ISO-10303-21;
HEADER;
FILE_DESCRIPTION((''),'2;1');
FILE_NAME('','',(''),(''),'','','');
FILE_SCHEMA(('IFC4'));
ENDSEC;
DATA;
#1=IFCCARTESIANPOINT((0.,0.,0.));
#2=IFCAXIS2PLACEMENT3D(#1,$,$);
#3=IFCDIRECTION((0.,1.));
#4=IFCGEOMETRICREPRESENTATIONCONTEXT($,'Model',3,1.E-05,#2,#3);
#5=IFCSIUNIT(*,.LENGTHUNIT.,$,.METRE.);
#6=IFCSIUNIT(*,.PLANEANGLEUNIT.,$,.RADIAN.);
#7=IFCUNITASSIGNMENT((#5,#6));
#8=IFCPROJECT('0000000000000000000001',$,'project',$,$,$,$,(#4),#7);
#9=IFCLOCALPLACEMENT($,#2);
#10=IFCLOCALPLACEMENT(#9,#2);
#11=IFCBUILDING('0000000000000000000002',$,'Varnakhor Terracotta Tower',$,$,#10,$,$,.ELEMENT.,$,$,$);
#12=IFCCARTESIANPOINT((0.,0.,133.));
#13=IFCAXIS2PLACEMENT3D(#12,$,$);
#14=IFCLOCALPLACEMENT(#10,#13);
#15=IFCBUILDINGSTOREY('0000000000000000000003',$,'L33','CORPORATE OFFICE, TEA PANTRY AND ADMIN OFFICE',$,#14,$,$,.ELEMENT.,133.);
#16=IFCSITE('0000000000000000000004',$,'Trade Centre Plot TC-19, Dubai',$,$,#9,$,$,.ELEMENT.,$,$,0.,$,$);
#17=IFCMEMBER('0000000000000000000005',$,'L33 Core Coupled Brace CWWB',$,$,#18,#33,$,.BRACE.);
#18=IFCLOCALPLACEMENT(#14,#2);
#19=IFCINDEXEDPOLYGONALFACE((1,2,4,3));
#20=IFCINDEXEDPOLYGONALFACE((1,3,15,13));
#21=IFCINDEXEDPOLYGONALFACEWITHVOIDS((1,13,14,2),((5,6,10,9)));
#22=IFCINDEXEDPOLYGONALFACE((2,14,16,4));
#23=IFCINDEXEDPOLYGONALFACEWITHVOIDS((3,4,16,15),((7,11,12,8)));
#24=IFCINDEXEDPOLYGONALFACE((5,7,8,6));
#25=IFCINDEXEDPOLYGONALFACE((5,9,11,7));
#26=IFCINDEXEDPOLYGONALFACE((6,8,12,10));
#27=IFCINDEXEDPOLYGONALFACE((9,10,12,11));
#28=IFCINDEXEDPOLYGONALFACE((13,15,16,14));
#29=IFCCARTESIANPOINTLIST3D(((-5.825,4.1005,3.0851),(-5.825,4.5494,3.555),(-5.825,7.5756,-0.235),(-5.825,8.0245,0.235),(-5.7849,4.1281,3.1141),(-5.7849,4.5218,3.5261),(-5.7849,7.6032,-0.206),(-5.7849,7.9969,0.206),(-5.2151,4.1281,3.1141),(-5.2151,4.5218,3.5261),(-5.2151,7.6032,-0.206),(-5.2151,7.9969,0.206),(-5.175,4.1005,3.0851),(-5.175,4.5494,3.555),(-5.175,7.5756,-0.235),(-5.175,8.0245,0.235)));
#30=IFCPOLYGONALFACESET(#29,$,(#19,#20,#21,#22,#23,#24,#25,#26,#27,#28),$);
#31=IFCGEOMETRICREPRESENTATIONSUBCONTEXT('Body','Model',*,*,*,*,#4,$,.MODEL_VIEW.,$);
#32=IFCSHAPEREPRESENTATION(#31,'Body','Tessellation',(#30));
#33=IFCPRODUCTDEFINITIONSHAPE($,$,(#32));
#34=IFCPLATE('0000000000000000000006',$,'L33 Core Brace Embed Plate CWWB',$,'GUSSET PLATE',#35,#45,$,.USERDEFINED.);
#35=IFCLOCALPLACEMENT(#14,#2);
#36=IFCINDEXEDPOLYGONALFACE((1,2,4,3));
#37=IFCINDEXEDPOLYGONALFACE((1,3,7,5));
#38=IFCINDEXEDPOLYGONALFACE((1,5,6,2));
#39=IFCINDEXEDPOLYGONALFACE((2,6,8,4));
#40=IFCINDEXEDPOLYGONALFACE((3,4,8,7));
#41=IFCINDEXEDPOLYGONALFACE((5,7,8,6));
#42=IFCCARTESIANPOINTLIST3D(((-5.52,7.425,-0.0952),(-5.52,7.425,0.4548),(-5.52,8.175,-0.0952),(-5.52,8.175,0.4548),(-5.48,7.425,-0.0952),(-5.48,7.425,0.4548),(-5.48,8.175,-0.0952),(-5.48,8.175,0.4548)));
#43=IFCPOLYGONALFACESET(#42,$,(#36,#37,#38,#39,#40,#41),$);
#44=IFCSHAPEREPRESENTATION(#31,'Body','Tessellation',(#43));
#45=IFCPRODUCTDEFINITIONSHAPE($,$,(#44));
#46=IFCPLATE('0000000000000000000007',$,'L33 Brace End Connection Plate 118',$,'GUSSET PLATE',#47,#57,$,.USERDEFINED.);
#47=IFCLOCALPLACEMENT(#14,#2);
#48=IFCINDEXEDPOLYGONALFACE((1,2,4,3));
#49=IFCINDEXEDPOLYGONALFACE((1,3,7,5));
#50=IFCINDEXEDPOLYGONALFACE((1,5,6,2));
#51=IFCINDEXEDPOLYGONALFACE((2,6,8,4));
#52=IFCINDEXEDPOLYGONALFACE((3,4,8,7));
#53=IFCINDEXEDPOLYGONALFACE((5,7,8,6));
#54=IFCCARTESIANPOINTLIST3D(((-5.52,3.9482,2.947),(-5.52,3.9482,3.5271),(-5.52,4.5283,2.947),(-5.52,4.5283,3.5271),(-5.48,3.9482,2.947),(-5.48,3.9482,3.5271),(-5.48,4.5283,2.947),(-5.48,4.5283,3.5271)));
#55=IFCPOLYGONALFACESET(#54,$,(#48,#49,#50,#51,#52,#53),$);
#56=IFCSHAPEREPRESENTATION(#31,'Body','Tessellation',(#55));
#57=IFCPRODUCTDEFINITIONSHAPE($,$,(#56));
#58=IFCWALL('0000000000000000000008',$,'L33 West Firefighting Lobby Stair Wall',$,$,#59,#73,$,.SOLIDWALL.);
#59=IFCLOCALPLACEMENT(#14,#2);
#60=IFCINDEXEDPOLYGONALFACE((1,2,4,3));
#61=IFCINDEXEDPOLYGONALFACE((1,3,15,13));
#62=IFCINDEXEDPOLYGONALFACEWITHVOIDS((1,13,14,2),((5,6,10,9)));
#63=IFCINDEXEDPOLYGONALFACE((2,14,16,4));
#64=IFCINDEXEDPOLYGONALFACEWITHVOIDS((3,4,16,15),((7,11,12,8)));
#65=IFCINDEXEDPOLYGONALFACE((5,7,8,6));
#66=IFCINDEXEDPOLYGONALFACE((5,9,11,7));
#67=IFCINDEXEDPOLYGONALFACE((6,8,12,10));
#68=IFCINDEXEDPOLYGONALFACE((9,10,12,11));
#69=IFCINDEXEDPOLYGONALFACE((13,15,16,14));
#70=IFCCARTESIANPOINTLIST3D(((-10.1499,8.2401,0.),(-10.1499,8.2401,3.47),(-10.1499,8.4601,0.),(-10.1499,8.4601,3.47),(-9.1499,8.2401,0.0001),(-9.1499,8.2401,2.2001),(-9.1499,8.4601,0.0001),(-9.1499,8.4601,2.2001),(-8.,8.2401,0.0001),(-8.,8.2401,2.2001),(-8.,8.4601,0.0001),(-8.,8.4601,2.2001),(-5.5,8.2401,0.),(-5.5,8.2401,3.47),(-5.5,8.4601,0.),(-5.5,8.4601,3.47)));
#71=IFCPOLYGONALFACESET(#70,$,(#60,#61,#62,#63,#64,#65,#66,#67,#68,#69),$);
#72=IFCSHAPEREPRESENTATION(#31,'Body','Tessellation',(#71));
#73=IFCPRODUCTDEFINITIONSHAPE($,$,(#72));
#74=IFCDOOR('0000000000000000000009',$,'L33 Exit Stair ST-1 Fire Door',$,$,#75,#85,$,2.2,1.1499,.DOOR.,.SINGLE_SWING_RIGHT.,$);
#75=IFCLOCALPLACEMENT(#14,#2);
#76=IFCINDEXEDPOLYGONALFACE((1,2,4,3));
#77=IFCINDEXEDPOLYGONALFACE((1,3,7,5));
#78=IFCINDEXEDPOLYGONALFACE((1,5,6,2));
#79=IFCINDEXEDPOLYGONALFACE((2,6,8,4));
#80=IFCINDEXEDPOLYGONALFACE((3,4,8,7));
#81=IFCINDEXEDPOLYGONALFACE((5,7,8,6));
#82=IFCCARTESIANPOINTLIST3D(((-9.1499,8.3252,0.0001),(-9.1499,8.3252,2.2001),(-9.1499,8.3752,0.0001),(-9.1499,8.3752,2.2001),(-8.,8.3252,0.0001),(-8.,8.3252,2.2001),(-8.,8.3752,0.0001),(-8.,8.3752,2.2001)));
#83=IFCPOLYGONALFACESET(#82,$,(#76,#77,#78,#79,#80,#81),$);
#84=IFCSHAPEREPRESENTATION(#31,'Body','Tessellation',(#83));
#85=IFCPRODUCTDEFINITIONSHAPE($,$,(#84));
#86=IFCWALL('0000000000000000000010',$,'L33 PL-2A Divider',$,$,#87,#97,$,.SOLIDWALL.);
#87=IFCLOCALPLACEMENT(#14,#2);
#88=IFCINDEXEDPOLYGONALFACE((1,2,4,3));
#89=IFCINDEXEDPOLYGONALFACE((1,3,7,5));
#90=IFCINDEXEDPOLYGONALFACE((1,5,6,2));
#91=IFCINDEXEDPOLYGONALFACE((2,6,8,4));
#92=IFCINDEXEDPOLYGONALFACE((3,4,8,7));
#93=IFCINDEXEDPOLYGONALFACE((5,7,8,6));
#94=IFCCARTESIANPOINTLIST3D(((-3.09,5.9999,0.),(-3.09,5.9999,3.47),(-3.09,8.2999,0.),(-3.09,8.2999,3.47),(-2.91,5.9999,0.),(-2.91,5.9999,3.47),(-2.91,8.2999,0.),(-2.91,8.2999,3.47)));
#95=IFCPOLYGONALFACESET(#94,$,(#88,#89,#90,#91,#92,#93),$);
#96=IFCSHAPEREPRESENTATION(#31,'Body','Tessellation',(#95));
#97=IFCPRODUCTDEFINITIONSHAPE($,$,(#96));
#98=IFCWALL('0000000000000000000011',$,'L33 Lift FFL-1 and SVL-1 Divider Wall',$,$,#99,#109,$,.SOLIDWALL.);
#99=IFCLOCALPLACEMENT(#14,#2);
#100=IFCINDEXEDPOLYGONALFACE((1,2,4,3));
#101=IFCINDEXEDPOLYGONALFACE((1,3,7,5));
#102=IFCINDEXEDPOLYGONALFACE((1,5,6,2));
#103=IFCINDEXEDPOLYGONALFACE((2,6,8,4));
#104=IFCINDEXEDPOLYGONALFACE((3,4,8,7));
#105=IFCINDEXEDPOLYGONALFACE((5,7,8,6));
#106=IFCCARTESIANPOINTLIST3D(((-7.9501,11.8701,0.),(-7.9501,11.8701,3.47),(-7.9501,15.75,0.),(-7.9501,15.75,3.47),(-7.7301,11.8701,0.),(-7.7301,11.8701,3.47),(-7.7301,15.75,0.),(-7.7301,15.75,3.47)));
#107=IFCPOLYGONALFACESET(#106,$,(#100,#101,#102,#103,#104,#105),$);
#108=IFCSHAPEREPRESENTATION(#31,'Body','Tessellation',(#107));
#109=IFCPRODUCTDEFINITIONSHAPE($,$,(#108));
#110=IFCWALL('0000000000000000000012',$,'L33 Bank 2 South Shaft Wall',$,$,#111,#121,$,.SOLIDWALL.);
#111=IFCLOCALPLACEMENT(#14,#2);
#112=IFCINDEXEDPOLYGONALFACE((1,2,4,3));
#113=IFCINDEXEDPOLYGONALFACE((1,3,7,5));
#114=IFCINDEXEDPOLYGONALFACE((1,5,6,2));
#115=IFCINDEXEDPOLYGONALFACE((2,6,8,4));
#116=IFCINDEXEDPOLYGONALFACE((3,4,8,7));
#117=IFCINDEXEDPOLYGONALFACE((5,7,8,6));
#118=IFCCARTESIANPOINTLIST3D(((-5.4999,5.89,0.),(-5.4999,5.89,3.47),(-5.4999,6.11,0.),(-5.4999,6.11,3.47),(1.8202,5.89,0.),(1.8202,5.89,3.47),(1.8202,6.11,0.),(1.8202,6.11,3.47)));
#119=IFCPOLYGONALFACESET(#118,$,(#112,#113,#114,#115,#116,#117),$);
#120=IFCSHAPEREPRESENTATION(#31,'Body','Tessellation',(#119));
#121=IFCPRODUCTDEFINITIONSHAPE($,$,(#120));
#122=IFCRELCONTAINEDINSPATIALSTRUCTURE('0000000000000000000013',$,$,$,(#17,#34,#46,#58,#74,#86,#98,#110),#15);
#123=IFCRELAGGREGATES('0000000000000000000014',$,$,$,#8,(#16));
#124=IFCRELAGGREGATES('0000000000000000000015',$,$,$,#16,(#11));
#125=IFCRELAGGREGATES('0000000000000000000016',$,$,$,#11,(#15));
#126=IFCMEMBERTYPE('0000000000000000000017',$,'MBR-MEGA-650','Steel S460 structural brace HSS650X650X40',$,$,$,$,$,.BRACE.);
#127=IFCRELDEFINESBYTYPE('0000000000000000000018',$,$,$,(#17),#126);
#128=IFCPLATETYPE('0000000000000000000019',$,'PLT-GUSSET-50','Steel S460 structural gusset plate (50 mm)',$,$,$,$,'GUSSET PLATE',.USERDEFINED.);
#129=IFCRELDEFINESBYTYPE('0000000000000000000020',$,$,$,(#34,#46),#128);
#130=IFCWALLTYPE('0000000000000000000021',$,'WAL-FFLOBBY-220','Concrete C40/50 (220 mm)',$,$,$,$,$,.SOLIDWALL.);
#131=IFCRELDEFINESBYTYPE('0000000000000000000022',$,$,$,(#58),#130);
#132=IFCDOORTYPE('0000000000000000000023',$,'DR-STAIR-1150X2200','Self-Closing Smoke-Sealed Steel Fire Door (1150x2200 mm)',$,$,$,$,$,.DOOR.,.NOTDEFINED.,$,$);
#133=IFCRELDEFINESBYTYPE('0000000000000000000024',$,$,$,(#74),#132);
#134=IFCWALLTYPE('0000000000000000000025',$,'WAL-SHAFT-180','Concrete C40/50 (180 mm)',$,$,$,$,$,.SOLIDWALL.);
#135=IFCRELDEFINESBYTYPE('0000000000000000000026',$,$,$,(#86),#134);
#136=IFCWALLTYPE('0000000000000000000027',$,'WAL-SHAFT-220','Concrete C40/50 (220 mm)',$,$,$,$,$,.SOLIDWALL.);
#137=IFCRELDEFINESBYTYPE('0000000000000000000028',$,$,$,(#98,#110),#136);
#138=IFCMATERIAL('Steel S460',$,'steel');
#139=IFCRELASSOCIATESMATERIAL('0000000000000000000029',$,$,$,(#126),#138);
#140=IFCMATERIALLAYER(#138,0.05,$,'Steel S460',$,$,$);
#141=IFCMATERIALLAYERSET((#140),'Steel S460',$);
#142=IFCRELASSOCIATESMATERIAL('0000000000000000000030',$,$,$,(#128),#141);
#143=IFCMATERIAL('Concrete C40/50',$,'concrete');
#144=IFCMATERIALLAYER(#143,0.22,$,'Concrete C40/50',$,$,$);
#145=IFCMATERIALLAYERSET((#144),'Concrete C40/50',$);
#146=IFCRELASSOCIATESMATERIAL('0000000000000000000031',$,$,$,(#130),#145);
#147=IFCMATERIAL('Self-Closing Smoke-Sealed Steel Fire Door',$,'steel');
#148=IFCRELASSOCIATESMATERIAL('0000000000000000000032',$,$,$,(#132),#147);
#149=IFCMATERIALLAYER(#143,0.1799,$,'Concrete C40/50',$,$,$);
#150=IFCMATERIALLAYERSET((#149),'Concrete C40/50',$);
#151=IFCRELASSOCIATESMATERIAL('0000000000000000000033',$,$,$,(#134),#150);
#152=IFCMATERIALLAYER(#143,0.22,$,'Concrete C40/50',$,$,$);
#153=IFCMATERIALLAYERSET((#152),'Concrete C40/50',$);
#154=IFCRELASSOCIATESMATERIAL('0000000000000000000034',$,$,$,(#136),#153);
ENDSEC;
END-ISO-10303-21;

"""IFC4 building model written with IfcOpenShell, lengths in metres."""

from ifc_helpers import new_model, si_unit, direction, frame, frame_2d, origin, origin_2d, place, context, subcontext, project, spatial, rectangle, hollow_rectangle, extrude, source, transform, mapped, material, layer, layer_set, material_profile, profile_set, type_object, type_shapes, element, fill, save


model = new_model("IFC4")

# Units and contexts
model_context = context("Model", 3, precision=1e-05, world=origin(), true_north=direction((0.0, 1.0)))
body_context = subcontext(model_context, "Body", "Model", "MODEL_VIEW")
ifc_project = project(units=[si_unit("LENGTHUNIT", "METRE"), si_unit("PLANEANGLEUNIT", "RADIAN")], contexts=[model_context])

# Site, building, storey
site_placement = place(None, origin())
site = spatial("IfcSite", under=ifc_project, at=site_placement, Name="Trade Centre Plot TC-19, Dubai", CompositionType="ELEMENT", RefElevation=0.0)
building_placement = place(site_placement, origin())
building = spatial("IfcBuilding", under=site, at=building_placement, Name="Varnakhor Terracotta Tower", CompositionType="ELEMENT")
storey_placement = place(building_placement, frame((0.0, 0.0, 133.0)))
storey = spatial("IfcBuildingStorey", under=building, at=storey_placement, Name="L33", Description="CORPORATE OFFICE, TEA PANTRY AND ADMIN OFFICE", CompositionType="ELEMENT", Elevation=133.0)

# Member
ifc_material_1 = material(Name="Steel S460", Category="steel")
ifc_material_profile = material_profile(ifc_material_1, hollow_rectangle(XDim=0.6499, YDim=0.6499, WallThickness=0.04, at=origin_2d()), Name="HSS650X650X40")
ifc_profile_set = profile_set([ifc_material_profile], Name="Steel S460")
member_type = type_object("IfcMemberType", Name="MBR-MEGA-650", Description="Steel S460 structural brace HSS650X650X40", PredefinedType="BRACE", material=ifc_profile_set)
shared_shape_1 = source(origin(), body_context, "Body", "SweptSolid", [
    extrude(hollow_rectangle(XDim=0.6499, YDim=0.6499, WallThickness=0.04, at=origin_2d()), origin(), (0.0, 0.0, 1.0), 4.8062),
])
member_placement = place(storey_placement, frame((-5.5, 7.8, 0.0), z_axis=(0.0, -0.723051, 0.690795), x_axis=(1.0, 0.0, 0.0)))
element("IfcMember", 1, at=member_placement, inside=storey, type_object=member_type, Name="L33 Core Coupled Brace CWWB", PredefinedType="BRACE", context=body_context, shape_type="MappedRepresentation", body=[
    mapped(shared_shape_1, transform((0.0, 0.0, 0.0), scale=1.0)),
])

# Plates
ifc_layer_1 = layer(ifc_material_1, 0.05, Name="Steel S460")
ifc_layer_set_1 = layer_set([ifc_layer_1], Name="Steel S460")
plate_type = type_object("IfcPlateType", Name="PLT-GUSSET-50", Description="Steel S460 structural gusset plate (50 mm)", ElementType="GUSSET PLATE", PredefinedType="USERDEFINED", material=ifc_layer_set_1)
shared_shape_2 = source(origin(), body_context, "Body", "SweptSolid", [
    extrude(rectangle(XDim=0.75, YDim=0.04, at=origin_2d()), origin(), (0.0, 0.0, 1.0), 0.55),
])
type_shapes(plate_type, [shared_shape_2])
plate_1_placement = place(storey_placement, frame((-5.5, 7.8, -0.0952), z_axis=(0.0, 0.0, 1.0), x_axis=(0.0, 1.0, 0.0)))
element("IfcPlate", 2, at=plate_1_placement, inside=storey, type_object=plate_type, Name="L33 Core Brace Embed Plate CWWB", ObjectType="GUSSET PLATE", PredefinedType="USERDEFINED", context=body_context, shape_type="MappedRepresentation", body=[
    mapped(shared_shape_2, transform((0.0, 0.0, 0.0), scale=1.0)),
])
shared_shape_3 = source(origin(), body_context, "Body", "SweptSolid", [
    extrude(rectangle(XDim=0.5801, YDim=0.04, at=origin_2d()), origin(), (0.0, 0.0, 1.0), 0.5801),
])
plate_2_placement = place(storey_placement, frame((-5.5, 4.2383, 2.947), z_axis=(0.0, 0.0, 1.0), x_axis=(0.0, 1.0, 0.0)))
element("IfcPlate", 3, at=plate_2_placement, inside=storey, type_object=plate_type, Name="L33 Brace End Connection Plate 118", ObjectType="GUSSET PLATE", PredefinedType="USERDEFINED", context=body_context, shape_type="MappedRepresentation", body=[
    mapped(shared_shape_3, transform((0.0, 0.0, 0.0), scale=1.0)),
])

# Wall, opening, door
ifc_material_2 = material(Name="Concrete C40/50", Category="concrete")
ifc_layer_2 = layer(ifc_material_2, 0.22, Name="Concrete C40/50")
ifc_layer_set_2 = layer_set([ifc_layer_2], Name="Concrete C40/50")
wall_type_1 = type_object("IfcWallType", Name="WAL-FFLOBBY-220", Description="Concrete C40/50 (220 mm)", PredefinedType="SOLIDWALL", material=ifc_layer_set_2)
wall_1_placement = place(storey_placement, frame((-5.5, 8.3501, 0.0), z_axis=(0.0, 0.0, 1.0), x_axis=(-1.0, 0.0, 0.0)))
wall_1 = element("IfcWall", 4, at=wall_1_placement, inside=storey, type_object=wall_type_1, Name="L33 West Firefighting Lobby Stair Wall", PredefinedType="SOLIDWALL", context=body_context, shape_type="SweptSolid", body=[
    extrude(rectangle(XDim=4.6499, YDim=0.22, at=frame_2d((2.325, 0.0))), origin(), (0.0, 0.0, 1.0), 3.47),
])
opening_1_placement = place(wall_1_placement, frame((2.5, 0.0, 0.0)))
opening_1 = element("IfcOpeningElement", 5, at=opening_1_placement, cuts=wall_1, PredefinedType="OPENING", context=body_context, shape_type="SweptSolid", body=[
    extrude(rectangle(XDim=1.1499, YDim=2.2, at=frame_2d((0.575, 1.1001))), frame((0.0, 0.1201, 0.0), z_axis=(0.0, -1.0, 0.0), x_axis=(1.0, 0.0, 0.0)), (0.0, 0.0, 1.0), 0.24),
])
ifc_material_3 = material(Name="Self-Closing Smoke-Sealed Steel Fire Door", Category="steel")
door_type_1 = type_object("IfcDoorType", Name="DR-STAIR-1150X2200", Description="Self-Closing Smoke-Sealed Steel Fire Door (1150x2200 mm)", OperationType="NOTDEFINED", PredefinedType="DOOR", material=ifc_material_3)
shared_shape_4 = source(origin(), body_context, "Body", "SweptSolid", [
    extrude(rectangle(XDim=1.1499, YDim=2.2, at=frame_2d((0.575, 1.1001))), frame((0.0, 0.0249, 0.0), z_axis=(0.0, -1.0, 0.0), x_axis=(1.0, 0.0, 0.0)), (0.0, 0.0, 1.0), 0.05),
])
type_shapes(door_type_1, [shared_shape_4])
door_1_placement = place(opening_1_placement, origin())
door_1 = element("IfcDoor", 6, at=door_1_placement, inside=storey, type_object=door_type_1, Name="L33 Exit Stair ST-1 Fire Door", OperationType="SINGLE_SWING_RIGHT", OverallHeight=2.2, OverallWidth=1.1499, PredefinedType="DOOR", context=body_context, shape_type="MappedRepresentation", body=[
    mapped(shared_shape_4, transform((0.0, 0.0, 0.0), scale=1.0)),
])
fill(opening_1, door_1)

# Walls
ifc_layer_3 = layer(ifc_material_2, 0.1799, Name="Concrete C40/50")
ifc_layer_set_3 = layer_set([ifc_layer_3], Name="Concrete C40/50")
wall_type_2 = type_object("IfcWallType", Name="WAL-SHAFT-180", Description="Concrete C40/50 (180 mm)", PredefinedType="SOLIDWALL", material=ifc_layer_set_3)
wall_2_placement = place(storey_placement, frame((-3.0, 6.0, 0.0), z_axis=(0.0, 0.0, 1.0), x_axis=(0.0, 1.0, 0.0)))
element("IfcWall", 7, at=wall_2_placement, inside=storey, type_object=wall_type_2, Name="L33 PL-2A Divider", PredefinedType="SOLIDWALL", context=body_context, shape_type="SweptSolid", body=[
    extrude(rectangle(XDim=2.3, YDim=0.1799, at=frame_2d((1.1499, 0.0))), origin(), (0.0, 0.0, 1.0), 3.47),
])
ifc_layer_4 = layer(ifc_material_2, 0.22, Name="Concrete C40/50")
ifc_layer_set_4 = layer_set([ifc_layer_4], Name="Concrete C40/50")
wall_type_3 = type_object("IfcWallType", Name="WAL-SHAFT-220", Description="Concrete C40/50 (220 mm)", PredefinedType="SOLIDWALL", material=ifc_layer_set_4)
wall_3_placement = place(storey_placement, frame((-7.8401, 11.8701, 0.0), z_axis=(0.0, 0.0, 1.0), x_axis=(0.0, 1.0, 0.0)))
element("IfcWall", 8, at=wall_3_placement, inside=storey, type_object=wall_type_3, Name="L33 Lift FFL-1 and SVL-1 Divider Wall", PredefinedType="SOLIDWALL", context=body_context, shape_type="SweptSolid", body=[
    extrude(rectangle(XDim=3.8799, YDim=0.22, at=frame_2d((1.9399, 0.0))), origin(), (0.0, 0.0, 1.0), 3.47),
])
wall_4_placement = place(storey_placement, frame((-5.5, 6.0, 0.0), z_axis=(0.0, 0.0, 1.0), x_axis=(1.0, 0.0, 0.0)))
element("IfcWall", 9, at=wall_4_placement, inside=storey, type_object=wall_type_3, Name="L33 Bank 2 South Shaft Wall", PredefinedType="SOLIDWALL", context=body_context, shape_type="SweptSolid", body=[
    extrude(rectangle(XDim=7.3201, YDim=0.22, at=frame_2d((3.6602, 0.0))), origin(), (0.0, 0.0, 1.0), 3.47),
])

save(model, "model.ifc")
